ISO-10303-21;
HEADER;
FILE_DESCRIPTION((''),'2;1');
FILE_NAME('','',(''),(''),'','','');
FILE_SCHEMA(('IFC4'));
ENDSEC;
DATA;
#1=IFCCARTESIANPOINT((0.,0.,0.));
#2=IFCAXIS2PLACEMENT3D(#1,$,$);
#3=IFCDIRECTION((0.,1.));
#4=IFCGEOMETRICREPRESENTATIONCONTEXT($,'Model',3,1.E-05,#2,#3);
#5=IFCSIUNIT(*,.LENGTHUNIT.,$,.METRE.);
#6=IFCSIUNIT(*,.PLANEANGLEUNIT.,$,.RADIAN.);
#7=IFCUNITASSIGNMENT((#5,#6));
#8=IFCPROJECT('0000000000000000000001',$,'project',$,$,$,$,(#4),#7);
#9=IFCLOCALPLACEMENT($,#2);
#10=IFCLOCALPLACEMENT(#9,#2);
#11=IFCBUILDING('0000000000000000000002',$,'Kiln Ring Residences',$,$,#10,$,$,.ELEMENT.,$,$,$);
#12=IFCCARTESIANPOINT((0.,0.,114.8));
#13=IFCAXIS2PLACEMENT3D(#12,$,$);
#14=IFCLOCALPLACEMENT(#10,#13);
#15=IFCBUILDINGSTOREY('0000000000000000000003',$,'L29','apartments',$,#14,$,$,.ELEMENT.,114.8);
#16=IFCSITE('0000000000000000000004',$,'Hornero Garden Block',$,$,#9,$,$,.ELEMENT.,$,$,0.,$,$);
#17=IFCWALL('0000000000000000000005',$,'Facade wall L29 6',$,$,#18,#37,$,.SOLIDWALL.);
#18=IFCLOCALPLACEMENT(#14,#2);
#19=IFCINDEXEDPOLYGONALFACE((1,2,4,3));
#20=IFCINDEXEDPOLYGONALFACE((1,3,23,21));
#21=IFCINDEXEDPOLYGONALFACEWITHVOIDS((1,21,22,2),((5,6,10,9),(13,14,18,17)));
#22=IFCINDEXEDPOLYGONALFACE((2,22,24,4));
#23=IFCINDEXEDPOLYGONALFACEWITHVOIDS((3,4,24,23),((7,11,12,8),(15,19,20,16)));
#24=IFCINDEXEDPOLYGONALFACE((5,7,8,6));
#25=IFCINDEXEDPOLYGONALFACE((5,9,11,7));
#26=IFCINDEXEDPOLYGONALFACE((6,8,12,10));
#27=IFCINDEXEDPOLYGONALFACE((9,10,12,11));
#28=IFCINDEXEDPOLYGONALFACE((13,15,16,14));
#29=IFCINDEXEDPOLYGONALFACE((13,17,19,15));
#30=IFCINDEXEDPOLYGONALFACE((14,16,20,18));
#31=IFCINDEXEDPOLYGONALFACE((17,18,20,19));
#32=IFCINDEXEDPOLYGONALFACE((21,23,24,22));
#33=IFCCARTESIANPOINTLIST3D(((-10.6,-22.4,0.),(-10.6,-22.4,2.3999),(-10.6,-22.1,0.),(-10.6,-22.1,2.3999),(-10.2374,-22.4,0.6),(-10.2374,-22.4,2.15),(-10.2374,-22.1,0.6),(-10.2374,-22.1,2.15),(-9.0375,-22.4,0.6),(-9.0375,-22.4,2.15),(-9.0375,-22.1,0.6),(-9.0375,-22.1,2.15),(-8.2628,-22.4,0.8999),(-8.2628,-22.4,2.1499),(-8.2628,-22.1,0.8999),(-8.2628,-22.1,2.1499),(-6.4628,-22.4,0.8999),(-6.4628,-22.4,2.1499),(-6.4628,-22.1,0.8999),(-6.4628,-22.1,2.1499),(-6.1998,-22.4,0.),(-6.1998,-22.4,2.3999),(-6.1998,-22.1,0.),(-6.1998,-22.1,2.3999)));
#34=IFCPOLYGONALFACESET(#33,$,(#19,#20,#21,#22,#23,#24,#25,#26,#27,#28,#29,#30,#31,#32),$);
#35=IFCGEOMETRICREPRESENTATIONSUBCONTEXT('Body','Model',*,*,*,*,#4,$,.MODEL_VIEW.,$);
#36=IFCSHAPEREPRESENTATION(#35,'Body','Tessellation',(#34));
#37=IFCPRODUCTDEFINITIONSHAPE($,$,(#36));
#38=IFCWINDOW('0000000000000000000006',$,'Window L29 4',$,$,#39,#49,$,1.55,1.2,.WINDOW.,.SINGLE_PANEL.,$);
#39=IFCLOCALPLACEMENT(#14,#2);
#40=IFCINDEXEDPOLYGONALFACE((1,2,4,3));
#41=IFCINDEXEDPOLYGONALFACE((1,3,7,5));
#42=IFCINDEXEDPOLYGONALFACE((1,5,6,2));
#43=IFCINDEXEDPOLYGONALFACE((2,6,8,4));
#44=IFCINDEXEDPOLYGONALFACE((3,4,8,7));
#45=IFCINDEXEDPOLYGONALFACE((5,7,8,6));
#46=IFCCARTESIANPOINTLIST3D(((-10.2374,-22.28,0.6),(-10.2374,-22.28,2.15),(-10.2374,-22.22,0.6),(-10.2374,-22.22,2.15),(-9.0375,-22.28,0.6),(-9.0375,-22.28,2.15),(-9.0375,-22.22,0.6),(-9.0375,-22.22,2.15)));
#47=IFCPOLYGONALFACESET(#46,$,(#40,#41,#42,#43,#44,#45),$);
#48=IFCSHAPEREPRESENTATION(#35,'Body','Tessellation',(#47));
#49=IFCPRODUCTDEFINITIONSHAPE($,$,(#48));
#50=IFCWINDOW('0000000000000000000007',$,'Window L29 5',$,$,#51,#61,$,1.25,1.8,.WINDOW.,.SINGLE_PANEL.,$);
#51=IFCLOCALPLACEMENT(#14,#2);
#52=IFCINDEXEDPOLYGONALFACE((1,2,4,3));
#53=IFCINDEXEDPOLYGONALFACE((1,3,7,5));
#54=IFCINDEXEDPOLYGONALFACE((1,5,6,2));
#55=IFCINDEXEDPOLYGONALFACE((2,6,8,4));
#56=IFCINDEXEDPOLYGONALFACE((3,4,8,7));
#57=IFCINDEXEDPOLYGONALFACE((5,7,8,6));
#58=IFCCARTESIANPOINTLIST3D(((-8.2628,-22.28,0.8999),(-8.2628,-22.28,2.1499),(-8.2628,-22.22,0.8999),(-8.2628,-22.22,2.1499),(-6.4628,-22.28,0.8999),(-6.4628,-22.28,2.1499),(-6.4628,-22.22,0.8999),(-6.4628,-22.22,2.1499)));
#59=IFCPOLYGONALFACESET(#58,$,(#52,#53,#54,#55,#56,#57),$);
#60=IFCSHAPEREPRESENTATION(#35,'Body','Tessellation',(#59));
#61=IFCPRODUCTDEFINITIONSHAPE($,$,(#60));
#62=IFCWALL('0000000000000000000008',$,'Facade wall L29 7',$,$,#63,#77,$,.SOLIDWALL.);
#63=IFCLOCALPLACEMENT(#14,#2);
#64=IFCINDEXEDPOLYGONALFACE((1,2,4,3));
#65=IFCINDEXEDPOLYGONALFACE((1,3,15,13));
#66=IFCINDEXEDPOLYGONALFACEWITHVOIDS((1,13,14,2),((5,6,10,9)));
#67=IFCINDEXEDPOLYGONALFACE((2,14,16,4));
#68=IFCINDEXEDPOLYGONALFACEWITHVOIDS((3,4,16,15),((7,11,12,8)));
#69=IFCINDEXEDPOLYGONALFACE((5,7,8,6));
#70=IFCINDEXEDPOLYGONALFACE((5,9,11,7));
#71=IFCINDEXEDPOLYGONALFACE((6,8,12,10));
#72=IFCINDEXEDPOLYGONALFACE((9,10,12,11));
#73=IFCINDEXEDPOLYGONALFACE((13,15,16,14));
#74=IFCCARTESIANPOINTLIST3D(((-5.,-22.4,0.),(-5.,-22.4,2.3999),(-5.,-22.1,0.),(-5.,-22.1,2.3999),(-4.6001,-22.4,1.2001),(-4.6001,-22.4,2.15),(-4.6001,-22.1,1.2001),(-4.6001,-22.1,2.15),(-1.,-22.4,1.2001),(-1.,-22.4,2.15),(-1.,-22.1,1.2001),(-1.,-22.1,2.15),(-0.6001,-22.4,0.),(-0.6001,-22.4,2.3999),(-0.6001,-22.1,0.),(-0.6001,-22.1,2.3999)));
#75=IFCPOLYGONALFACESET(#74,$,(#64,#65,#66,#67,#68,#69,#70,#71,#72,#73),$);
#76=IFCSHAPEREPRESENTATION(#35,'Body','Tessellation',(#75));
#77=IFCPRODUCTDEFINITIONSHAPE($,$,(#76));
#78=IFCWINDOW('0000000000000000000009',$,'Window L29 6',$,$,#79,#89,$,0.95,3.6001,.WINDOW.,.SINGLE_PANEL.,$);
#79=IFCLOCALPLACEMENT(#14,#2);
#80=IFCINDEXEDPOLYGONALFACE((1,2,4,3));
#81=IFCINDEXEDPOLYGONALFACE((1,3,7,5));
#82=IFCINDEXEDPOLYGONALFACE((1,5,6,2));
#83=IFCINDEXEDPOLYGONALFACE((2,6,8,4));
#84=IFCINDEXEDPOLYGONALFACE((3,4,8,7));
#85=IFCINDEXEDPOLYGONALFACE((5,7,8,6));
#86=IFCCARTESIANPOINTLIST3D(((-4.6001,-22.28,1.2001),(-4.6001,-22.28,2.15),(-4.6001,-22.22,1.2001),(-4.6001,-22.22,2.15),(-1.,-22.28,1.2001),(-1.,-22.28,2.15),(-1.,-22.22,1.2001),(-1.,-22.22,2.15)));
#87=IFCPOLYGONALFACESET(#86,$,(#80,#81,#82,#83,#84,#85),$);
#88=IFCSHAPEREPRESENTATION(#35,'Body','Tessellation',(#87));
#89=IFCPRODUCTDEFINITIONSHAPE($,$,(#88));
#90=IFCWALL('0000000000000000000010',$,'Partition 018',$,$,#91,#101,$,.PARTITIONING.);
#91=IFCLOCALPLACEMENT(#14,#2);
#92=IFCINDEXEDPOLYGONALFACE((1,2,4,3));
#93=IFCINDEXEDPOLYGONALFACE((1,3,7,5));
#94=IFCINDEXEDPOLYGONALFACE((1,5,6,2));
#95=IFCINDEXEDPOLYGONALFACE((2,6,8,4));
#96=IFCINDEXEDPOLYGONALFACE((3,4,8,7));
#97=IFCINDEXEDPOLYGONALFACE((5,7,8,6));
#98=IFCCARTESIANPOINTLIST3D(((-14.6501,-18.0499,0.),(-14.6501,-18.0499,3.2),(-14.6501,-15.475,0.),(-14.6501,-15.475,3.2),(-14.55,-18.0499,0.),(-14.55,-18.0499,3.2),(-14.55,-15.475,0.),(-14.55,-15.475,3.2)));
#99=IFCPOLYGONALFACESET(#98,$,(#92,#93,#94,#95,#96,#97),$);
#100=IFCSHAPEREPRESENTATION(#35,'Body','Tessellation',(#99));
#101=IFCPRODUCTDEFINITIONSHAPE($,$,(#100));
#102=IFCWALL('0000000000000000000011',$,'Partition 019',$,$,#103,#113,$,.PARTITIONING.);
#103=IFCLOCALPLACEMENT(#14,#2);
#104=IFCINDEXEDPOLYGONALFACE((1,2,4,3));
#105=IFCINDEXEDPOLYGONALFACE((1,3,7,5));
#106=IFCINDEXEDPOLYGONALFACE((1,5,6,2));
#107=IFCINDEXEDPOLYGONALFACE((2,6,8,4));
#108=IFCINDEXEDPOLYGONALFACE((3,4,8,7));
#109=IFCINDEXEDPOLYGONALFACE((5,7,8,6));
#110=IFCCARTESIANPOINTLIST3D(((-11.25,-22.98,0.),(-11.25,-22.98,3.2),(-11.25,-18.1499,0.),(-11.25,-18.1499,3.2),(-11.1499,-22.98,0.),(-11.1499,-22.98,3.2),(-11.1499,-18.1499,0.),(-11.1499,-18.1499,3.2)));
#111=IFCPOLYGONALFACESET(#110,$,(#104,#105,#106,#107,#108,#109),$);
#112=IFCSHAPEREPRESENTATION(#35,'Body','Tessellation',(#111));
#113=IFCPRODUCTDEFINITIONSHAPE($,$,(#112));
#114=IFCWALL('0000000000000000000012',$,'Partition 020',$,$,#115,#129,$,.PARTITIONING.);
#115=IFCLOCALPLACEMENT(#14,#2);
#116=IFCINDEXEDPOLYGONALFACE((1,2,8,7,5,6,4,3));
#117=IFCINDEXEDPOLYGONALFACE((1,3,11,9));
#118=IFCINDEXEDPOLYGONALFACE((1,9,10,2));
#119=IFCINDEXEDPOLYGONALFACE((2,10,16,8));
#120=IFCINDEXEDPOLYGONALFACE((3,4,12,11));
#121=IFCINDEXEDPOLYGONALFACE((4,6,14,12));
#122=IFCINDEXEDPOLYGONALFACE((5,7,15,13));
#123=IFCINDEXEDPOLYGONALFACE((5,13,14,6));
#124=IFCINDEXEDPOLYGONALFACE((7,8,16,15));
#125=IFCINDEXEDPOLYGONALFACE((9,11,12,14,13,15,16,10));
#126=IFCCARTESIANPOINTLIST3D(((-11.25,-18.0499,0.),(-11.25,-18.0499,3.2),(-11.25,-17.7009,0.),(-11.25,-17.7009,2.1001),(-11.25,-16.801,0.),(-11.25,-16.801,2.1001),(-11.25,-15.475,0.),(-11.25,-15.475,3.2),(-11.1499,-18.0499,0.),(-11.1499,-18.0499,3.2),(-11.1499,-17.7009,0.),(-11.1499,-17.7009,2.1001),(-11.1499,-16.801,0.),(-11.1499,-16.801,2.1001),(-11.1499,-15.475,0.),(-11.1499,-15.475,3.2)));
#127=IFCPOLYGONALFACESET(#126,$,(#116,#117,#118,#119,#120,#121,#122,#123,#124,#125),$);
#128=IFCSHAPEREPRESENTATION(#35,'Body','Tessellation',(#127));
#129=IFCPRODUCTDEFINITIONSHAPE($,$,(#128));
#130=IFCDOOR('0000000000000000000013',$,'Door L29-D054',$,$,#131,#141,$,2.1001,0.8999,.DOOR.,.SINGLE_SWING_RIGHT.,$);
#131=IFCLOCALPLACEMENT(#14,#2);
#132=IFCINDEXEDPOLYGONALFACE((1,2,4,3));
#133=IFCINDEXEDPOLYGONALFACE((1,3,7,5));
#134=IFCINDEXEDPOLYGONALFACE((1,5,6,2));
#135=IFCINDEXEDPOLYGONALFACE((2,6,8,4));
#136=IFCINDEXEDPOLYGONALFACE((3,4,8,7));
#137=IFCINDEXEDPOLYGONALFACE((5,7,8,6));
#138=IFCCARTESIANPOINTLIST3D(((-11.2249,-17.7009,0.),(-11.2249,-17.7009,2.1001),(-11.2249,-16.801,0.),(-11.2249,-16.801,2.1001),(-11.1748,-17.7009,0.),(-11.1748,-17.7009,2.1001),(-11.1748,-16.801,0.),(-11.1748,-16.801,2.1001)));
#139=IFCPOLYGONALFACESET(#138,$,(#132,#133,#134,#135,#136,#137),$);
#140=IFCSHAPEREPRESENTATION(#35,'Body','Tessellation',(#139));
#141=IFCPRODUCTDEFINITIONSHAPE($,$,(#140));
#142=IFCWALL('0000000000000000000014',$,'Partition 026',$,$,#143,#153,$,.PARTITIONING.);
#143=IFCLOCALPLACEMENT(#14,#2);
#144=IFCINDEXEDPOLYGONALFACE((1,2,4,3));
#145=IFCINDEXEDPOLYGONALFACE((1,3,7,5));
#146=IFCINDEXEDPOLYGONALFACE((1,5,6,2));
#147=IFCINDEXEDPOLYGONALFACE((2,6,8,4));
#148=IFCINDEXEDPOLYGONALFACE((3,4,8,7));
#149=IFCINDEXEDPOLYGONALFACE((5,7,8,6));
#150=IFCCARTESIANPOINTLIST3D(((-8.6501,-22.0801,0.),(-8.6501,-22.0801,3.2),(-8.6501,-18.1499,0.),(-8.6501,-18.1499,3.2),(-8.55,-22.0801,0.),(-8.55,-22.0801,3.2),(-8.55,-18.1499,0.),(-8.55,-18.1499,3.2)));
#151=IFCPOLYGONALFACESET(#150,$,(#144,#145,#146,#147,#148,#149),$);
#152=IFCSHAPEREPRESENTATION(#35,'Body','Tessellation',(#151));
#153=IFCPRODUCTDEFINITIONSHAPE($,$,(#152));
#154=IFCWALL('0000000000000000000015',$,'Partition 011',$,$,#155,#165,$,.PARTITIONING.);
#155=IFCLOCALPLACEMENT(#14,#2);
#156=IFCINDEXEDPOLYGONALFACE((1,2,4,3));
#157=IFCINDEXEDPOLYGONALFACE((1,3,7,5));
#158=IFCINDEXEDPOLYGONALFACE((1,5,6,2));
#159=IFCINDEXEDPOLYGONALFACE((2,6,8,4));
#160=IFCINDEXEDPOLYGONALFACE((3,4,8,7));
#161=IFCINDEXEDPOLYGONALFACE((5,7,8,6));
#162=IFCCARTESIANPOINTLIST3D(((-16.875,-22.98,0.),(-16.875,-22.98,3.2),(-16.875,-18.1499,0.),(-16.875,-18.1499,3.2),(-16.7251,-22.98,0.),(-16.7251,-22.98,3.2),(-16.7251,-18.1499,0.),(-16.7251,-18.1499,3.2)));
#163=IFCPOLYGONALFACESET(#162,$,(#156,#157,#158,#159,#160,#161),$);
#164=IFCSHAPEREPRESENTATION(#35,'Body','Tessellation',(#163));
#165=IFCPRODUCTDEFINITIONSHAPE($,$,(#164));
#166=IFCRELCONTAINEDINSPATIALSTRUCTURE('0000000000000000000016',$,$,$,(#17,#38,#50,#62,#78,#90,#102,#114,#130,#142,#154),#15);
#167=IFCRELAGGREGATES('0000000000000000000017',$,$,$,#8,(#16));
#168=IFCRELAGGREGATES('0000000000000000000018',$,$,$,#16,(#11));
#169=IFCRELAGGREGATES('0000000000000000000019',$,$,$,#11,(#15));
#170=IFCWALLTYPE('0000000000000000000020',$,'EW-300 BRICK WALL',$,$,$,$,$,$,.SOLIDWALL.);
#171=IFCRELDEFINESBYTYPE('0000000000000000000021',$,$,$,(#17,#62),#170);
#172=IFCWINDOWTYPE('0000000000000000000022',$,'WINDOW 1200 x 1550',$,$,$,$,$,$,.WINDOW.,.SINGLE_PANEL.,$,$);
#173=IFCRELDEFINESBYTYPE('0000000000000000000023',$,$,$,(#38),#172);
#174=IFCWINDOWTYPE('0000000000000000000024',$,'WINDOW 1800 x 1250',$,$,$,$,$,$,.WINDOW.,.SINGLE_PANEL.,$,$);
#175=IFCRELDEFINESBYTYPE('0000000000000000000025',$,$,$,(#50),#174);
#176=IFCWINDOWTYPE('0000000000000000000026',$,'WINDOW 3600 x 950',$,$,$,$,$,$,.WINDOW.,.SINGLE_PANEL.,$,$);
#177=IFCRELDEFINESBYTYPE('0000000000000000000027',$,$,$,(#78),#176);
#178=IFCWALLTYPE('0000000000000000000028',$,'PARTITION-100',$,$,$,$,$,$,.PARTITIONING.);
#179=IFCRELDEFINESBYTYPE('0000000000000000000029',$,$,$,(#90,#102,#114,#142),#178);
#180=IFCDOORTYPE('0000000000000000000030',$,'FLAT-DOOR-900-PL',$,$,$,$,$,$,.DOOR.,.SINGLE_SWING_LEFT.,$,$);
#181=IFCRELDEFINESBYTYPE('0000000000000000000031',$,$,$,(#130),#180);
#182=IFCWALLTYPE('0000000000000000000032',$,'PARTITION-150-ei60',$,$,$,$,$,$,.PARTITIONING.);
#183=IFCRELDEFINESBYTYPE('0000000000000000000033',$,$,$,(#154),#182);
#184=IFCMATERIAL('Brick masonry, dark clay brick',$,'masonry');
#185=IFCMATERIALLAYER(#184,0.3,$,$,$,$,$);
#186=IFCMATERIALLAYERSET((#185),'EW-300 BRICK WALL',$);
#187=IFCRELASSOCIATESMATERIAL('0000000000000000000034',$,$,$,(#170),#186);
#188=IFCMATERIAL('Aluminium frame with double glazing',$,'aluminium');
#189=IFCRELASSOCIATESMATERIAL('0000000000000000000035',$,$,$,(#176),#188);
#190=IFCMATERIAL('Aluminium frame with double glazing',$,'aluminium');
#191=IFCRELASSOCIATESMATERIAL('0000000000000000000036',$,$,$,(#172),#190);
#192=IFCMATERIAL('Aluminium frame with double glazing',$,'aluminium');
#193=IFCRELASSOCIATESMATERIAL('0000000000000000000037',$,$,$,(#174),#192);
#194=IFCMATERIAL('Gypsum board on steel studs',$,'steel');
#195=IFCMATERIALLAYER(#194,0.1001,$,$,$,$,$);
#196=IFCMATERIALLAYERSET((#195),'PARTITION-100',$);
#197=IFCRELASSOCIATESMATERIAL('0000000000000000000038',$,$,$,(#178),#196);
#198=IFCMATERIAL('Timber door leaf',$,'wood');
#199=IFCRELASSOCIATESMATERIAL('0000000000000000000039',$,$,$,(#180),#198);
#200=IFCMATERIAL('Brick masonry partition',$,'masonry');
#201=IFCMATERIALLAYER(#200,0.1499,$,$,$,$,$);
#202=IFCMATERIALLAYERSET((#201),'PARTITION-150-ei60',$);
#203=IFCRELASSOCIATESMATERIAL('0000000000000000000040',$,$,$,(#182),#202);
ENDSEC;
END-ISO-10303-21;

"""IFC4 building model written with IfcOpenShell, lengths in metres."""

from ifc_helpers import new_model, si_unit, direction, frame, frame_2d, origin, place, context, subcontext, project, spatial, rectangle, extrude, material, layer, layer_set, type_object, element, fill, save


model = new_model("IFC4")

# Units and contexts
model_context = context("Model", 3, precision=1e-05, world=origin(), true_north=direction((0.0, 1.0)))
body_context = subcontext(model_context, "Body", "Model", "MODEL_VIEW")
ifc_project = project(units=[si_unit("LENGTHUNIT", "METRE"), si_unit("PLANEANGLEUNIT", "RADIAN")], contexts=[model_context])

# Site, building, storey
site_placement = place(None, origin())
site = spatial("IfcSite", under=ifc_project, at=site_placement, Name="Hornero Garden Block", CompositionType="ELEMENT", RefElevation=0.0)
building_placement = place(site_placement, origin())
building = spatial("IfcBuilding", under=site, at=building_placement, Name="Kiln Ring Residences", CompositionType="ELEMENT")
storey_placement = place(building_placement, frame((0.0, 0.0, 114.8)))
storey = spatial("IfcBuildingStorey", under=building, at=storey_placement, Name="L29", Description="apartments", CompositionType="ELEMENT", Elevation=114.8)

# Shared definitions
ifc_material_1 = material(Name="Brick masonry, dark clay brick", Category="masonry")
ifc_layer_1 = layer(ifc_material_1, 0.3)
ifc_layer_set_1 = layer_set([ifc_layer_1], Name="EW-300 BRICK WALL")
wall_type_1 = type_object("IfcWallType", Name="EW-300 BRICK WALL", PredefinedType="SOLIDWALL", material=ifc_layer_set_1)
ifc_material_2 = material(Name="Aluminium frame with double glazing", Category="aluminium")
window_type_1 = type_object("IfcWindowType", Name="WINDOW 3600 x 950", PartitioningType="SINGLE_PANEL", PredefinedType="WINDOW", material=ifc_material_2)

# Wall, openings, windows
wall_1_placement = place(storey_placement, frame((-10.6001, -22.25, 0.0), z_axis=(0.0, 0.0, 1.0), x_axis=(1.0, 0.0, 0.0)))
wall_1 = element("IfcWall", 1, at=wall_1_placement, inside=storey, type_object=wall_type_1, Name="Facade wall L29 6", PredefinedType="SOLIDWALL", context=body_context, shape_type="SweptSolid", body=[
    extrude(rectangle(XDim=4.4001, YDim=0.3, at=frame_2d((2.2002, 0.0))), origin(), (0.0, 0.0, 1.0), 2.3999),
])
opening_1_placement = place(wall_1_placement, frame((0.3625, 0.0, 0.6001)))
opening_1 = element("IfcOpeningElement", 2, at=opening_1_placement, cuts=wall_1, PredefinedType="OPENING", context=body_context, shape_type="SweptSolid", body=[
    extrude(rectangle(XDim=1.2, YDim=1.55, at=frame_2d((0.6001, 0.7749))), frame((0.0, 0.1599, 0.0), z_axis=(0.0, -1.0, 0.0), x_axis=(1.0, 0.0, 0.0)), (0.0, 0.0, 1.0), 0.3201),
])
opening_2_placement = place(wall_1_placement, frame((2.3374, 0.0, 0.8999)))
opening_2 = element("IfcOpeningElement", 3, at=opening_2_placement, cuts=wall_1, PredefinedType="OPENING", context=body_context, shape_type="SweptSolid", body=[
    extrude(rectangle(XDim=1.8, YDim=1.25, at=frame_2d((0.8999, 0.625))), frame((0.0, 0.1599, 0.0), z_axis=(0.0, -1.0, 0.0), x_axis=(1.0, 0.0, 0.0)), (0.0, 0.0, 1.0), 0.3201),
])
ifc_material_3 = material(Name="Aluminium frame with double glazing", Category="aluminium")
window_type_2 = type_object("IfcWindowType", Name="WINDOW 1200 x 1550", PartitioningType="SINGLE_PANEL", PredefinedType="WINDOW", material=ifc_material_3)
window_1_placement = place(opening_1_placement, origin())
window_1 = element("IfcWindow", 4, at=window_1_placement, inside=storey, type_object=window_type_2, Name="Window L29 4", OverallHeight=1.55, OverallWidth=1.2, PartitioningType="SINGLE_PANEL", PredefinedType="WINDOW", context=body_context, shape_type="SweptSolid", body=[
    extrude(rectangle(XDim=1.2, YDim=1.55, at=frame_2d((0.6001, 0.7749))), frame((0.0, 0.03, 0.0), z_axis=(0.0, -1.0, 0.0), x_axis=(1.0, 0.0, 0.0)), (0.0, 0.0, 1.0), 0.0601),
])
fill(opening_1, window_1)
ifc_material_4 = material(Name="Aluminium frame with double glazing", Category="aluminium")
window_type_3 = type_object("IfcWindowType", Name="WINDOW 1800 x 1250", PartitioningType="SINGLE_PANEL", PredefinedType="WINDOW", material=ifc_material_4)
window_2_placement = place(opening_2_placement, origin())
window_2 = element("IfcWindow", 5, at=window_2_placement, inside=storey, type_object=window_type_3, Name="Window L29 5", OverallHeight=1.25, OverallWidth=1.8, PartitioningType="SINGLE_PANEL", PredefinedType="WINDOW", context=body_context, shape_type="SweptSolid", body=[
    extrude(rectangle(XDim=1.8, YDim=1.25, at=frame_2d((0.8999, 0.625))), frame((0.0, 0.03, 0.0), z_axis=(0.0, -1.0, 0.0), x_axis=(1.0, 0.0, 0.0)), (0.0, 0.0, 1.0), 0.0601),
])
fill(opening_2, window_2)

# Wall, opening, window
wall_2_placement = place(storey_placement, frame((-5.0, -22.25, 0.0), z_axis=(0.0, 0.0, 1.0), x_axis=(1.0, 0.0, 0.0)))
wall_2 = element("IfcWall", 6, at=wall_2_placement, inside=storey, type_object=wall_type_1, Name="Facade wall L29 7", PredefinedType="SOLIDWALL", context=body_context, shape_type="SweptSolid", body=[
    extrude(rectangle(XDim=4.3999, YDim=0.3, at=frame_2d((2.2, 0.0))), origin(), (0.0, 0.0, 1.0), 2.3999),
])
opening_3_placement = place(wall_2_placement, frame((0.3999, 0.0, 1.2)))
opening_3 = element("IfcOpeningElement", 7, at=opening_3_placement, cuts=wall_2, PredefinedType="OPENING", context=body_context, shape_type="SweptSolid", body=[
    extrude(rectangle(XDim=3.6001, YDim=0.95, at=frame_2d((1.8, 0.4751))), frame((0.0, 0.1599, 0.0), z_axis=(0.0, -1.0, 0.0), x_axis=(1.0, 0.0, 0.0)), (0.0, 0.0, 1.0), 0.3201),
])
window_3_placement = place(opening_3_placement, origin())
window_3 = element("IfcWindow", 8, at=window_3_placement, inside=storey, type_object=window_type_1, Name="Window L29 6", OverallHeight=0.95, OverallWidth=3.6001, PartitioningType="SINGLE_PANEL", PredefinedType="WINDOW", context=body_context, shape_type="SweptSolid", body=[
    extrude(rectangle(XDim=3.6001, YDim=0.95, at=frame_2d((1.8, 0.4751))), frame((0.0, 0.03, 0.0), z_axis=(0.0, -1.0, 0.0), x_axis=(1.0, 0.0, 0.0)), (0.0, 0.0, 1.0), 0.0601),
])
fill(opening_3, window_3)

# Walls
ifc_material_5 = material(Name="Gypsum board on steel studs", Category="steel")
ifc_layer_2 = layer(ifc_material_5, 0.1001)
ifc_layer_set_2 = layer_set([ifc_layer_2], Name="PARTITION-100")
wall_type_2 = type_object("IfcWallType", Name="PARTITION-100", PredefinedType="PARTITIONING", material=ifc_layer_set_2)
wall_3_placement = place(storey_placement, frame((-14.6001, -18.05, 0.0), z_axis=(0.0, 0.0, 1.0), x_axis=(0.0, 1.0, 0.0)))
element("IfcWall", 9, at=wall_3_placement, inside=storey, type_object=wall_type_2, Name="Partition 018", PredefinedType="PARTITIONING", context=body_context, shape_type="SweptSolid", body=[
    extrude(rectangle(XDim=2.575, YDim=0.1001, at=frame_2d((1.2876, 0.0))), origin(), (0.0, 0.0, 1.0), 3.2),
])
wall_4_placement = place(storey_placement, frame((-11.2, -22.98, 0.0), z_axis=(0.0, 0.0, 1.0), x_axis=(0.0, 1.0, 0.0)))
element("IfcWall", 10, at=wall_4_placement, inside=storey, type_object=wall_type_2, Name="Partition 019", PredefinedType="PARTITIONING", context=body_context, shape_type="SweptSolid", body=[
    extrude(rectangle(XDim=4.8301, YDim=0.1001, at=frame_2d((2.415, 0.0))), origin(), (0.0, 0.0, 1.0), 3.2),
])

# Wall, opening, door
wall_5_placement = place(storey_placement, frame((-11.2, -18.05, 0.0), z_axis=(0.0, 0.0, 1.0), x_axis=(0.0, 1.0, 0.0)))
wall_5 = element("IfcWall", 11, at=wall_5_placement, inside=storey, type_object=wall_type_2, Name="Partition 020", PredefinedType="PARTITIONING", context=body_context, shape_type="SweptSolid", body=[
    extrude(rectangle(XDim=2.575, YDim=0.1001, at=frame_2d((1.2876, 0.0))), origin(), (0.0, 0.0, 1.0), 3.2),
])
opening_4_placement = place(wall_5_placement, frame((0.3491, 0.0, 0.0)))
opening_4 = element("IfcOpeningElement", 12, at=opening_4_placement, cuts=wall_5, PredefinedType="OPENING", context=body_context, shape_type="SweptSolid", body=[
    extrude(rectangle(XDim=0.8999, YDim=2.1001, at=frame_2d((0.45, 1.05))), frame((0.0, 0.0601, 0.0), z_axis=(0.0, -1.0, 0.0), x_axis=(1.0, 0.0, 0.0)), (0.0, 0.0, 1.0), 0.1201),
])
ifc_material_6 = material(Name="Timber door leaf", Category="wood")
door_type = type_object("IfcDoorType", Name="FLAT-DOOR-900-PL", OperationType="SINGLE_SWING_LEFT", PredefinedType="DOOR", material=ifc_material_6)
door_placement = place(opening_4_placement, origin())
door = element("IfcDoor", 13, at=door_placement, inside=storey, type_object=door_type, Name="Door L29-D054", OperationType="SINGLE_SWING_RIGHT", OverallHeight=2.1001, OverallWidth=0.8999, PredefinedType="DOOR", context=body_context, shape_type="SweptSolid", body=[
    extrude(rectangle(XDim=0.8999, YDim=2.1001, at=frame_2d((0.45, 1.05))), frame((0.0, 0.0249, 0.0), z_axis=(0.0, -1.0, 0.0), x_axis=(1.0, 0.0, 0.0)), (0.0, 0.0, 1.0), 0.05),
])
fill(opening_4, door)

# Walls
wall_6_placement = place(storey_placement, frame((-8.6001, -22.0801, 0.0), z_axis=(0.0, 0.0, 1.0), x_axis=(0.0, 1.0, 0.0)))
element("IfcWall", 14, at=wall_6_placement, inside=storey, type_object=wall_type_2, Name="Partition 026", PredefinedType="PARTITIONING", context=body_context, shape_type="SweptSolid", body=[
    extrude(rectangle(XDim=3.9302, YDim=0.1001, at=frame_2d((1.9651, 0.0))), origin(), (0.0, 0.0, 1.0), 3.2),
])
ifc_material_7 = material(Name="Brick masonry partition", Category="masonry")
ifc_layer_3 = layer(ifc_material_7, 0.1499)
ifc_layer_set_3 = layer_set([ifc_layer_3], Name="PARTITION-150-ei60")
wall_type_3 = type_object("IfcWallType", Name="PARTITION-150-ei60", PredefinedType="PARTITIONING", material=ifc_layer_set_3)
wall_7_placement = place(storey_placement, frame((-16.8, -22.98, 0.0), z_axis=(0.0, 0.0, 1.0), x_axis=(0.0, 1.0, 0.0)))
element("IfcWall", 15, at=wall_7_placement, inside=storey, type_object=wall_type_3, Name="Partition 011", PredefinedType="PARTITIONING", context=body_context, shape_type="SweptSolid", body=[
    extrude(rectangle(XDim=4.8301, YDim=0.1499, at=frame_2d((2.415, 0.0))), origin(), (0.0, 0.0, 1.0), 3.2),
])

save(model, "model.ifc")
